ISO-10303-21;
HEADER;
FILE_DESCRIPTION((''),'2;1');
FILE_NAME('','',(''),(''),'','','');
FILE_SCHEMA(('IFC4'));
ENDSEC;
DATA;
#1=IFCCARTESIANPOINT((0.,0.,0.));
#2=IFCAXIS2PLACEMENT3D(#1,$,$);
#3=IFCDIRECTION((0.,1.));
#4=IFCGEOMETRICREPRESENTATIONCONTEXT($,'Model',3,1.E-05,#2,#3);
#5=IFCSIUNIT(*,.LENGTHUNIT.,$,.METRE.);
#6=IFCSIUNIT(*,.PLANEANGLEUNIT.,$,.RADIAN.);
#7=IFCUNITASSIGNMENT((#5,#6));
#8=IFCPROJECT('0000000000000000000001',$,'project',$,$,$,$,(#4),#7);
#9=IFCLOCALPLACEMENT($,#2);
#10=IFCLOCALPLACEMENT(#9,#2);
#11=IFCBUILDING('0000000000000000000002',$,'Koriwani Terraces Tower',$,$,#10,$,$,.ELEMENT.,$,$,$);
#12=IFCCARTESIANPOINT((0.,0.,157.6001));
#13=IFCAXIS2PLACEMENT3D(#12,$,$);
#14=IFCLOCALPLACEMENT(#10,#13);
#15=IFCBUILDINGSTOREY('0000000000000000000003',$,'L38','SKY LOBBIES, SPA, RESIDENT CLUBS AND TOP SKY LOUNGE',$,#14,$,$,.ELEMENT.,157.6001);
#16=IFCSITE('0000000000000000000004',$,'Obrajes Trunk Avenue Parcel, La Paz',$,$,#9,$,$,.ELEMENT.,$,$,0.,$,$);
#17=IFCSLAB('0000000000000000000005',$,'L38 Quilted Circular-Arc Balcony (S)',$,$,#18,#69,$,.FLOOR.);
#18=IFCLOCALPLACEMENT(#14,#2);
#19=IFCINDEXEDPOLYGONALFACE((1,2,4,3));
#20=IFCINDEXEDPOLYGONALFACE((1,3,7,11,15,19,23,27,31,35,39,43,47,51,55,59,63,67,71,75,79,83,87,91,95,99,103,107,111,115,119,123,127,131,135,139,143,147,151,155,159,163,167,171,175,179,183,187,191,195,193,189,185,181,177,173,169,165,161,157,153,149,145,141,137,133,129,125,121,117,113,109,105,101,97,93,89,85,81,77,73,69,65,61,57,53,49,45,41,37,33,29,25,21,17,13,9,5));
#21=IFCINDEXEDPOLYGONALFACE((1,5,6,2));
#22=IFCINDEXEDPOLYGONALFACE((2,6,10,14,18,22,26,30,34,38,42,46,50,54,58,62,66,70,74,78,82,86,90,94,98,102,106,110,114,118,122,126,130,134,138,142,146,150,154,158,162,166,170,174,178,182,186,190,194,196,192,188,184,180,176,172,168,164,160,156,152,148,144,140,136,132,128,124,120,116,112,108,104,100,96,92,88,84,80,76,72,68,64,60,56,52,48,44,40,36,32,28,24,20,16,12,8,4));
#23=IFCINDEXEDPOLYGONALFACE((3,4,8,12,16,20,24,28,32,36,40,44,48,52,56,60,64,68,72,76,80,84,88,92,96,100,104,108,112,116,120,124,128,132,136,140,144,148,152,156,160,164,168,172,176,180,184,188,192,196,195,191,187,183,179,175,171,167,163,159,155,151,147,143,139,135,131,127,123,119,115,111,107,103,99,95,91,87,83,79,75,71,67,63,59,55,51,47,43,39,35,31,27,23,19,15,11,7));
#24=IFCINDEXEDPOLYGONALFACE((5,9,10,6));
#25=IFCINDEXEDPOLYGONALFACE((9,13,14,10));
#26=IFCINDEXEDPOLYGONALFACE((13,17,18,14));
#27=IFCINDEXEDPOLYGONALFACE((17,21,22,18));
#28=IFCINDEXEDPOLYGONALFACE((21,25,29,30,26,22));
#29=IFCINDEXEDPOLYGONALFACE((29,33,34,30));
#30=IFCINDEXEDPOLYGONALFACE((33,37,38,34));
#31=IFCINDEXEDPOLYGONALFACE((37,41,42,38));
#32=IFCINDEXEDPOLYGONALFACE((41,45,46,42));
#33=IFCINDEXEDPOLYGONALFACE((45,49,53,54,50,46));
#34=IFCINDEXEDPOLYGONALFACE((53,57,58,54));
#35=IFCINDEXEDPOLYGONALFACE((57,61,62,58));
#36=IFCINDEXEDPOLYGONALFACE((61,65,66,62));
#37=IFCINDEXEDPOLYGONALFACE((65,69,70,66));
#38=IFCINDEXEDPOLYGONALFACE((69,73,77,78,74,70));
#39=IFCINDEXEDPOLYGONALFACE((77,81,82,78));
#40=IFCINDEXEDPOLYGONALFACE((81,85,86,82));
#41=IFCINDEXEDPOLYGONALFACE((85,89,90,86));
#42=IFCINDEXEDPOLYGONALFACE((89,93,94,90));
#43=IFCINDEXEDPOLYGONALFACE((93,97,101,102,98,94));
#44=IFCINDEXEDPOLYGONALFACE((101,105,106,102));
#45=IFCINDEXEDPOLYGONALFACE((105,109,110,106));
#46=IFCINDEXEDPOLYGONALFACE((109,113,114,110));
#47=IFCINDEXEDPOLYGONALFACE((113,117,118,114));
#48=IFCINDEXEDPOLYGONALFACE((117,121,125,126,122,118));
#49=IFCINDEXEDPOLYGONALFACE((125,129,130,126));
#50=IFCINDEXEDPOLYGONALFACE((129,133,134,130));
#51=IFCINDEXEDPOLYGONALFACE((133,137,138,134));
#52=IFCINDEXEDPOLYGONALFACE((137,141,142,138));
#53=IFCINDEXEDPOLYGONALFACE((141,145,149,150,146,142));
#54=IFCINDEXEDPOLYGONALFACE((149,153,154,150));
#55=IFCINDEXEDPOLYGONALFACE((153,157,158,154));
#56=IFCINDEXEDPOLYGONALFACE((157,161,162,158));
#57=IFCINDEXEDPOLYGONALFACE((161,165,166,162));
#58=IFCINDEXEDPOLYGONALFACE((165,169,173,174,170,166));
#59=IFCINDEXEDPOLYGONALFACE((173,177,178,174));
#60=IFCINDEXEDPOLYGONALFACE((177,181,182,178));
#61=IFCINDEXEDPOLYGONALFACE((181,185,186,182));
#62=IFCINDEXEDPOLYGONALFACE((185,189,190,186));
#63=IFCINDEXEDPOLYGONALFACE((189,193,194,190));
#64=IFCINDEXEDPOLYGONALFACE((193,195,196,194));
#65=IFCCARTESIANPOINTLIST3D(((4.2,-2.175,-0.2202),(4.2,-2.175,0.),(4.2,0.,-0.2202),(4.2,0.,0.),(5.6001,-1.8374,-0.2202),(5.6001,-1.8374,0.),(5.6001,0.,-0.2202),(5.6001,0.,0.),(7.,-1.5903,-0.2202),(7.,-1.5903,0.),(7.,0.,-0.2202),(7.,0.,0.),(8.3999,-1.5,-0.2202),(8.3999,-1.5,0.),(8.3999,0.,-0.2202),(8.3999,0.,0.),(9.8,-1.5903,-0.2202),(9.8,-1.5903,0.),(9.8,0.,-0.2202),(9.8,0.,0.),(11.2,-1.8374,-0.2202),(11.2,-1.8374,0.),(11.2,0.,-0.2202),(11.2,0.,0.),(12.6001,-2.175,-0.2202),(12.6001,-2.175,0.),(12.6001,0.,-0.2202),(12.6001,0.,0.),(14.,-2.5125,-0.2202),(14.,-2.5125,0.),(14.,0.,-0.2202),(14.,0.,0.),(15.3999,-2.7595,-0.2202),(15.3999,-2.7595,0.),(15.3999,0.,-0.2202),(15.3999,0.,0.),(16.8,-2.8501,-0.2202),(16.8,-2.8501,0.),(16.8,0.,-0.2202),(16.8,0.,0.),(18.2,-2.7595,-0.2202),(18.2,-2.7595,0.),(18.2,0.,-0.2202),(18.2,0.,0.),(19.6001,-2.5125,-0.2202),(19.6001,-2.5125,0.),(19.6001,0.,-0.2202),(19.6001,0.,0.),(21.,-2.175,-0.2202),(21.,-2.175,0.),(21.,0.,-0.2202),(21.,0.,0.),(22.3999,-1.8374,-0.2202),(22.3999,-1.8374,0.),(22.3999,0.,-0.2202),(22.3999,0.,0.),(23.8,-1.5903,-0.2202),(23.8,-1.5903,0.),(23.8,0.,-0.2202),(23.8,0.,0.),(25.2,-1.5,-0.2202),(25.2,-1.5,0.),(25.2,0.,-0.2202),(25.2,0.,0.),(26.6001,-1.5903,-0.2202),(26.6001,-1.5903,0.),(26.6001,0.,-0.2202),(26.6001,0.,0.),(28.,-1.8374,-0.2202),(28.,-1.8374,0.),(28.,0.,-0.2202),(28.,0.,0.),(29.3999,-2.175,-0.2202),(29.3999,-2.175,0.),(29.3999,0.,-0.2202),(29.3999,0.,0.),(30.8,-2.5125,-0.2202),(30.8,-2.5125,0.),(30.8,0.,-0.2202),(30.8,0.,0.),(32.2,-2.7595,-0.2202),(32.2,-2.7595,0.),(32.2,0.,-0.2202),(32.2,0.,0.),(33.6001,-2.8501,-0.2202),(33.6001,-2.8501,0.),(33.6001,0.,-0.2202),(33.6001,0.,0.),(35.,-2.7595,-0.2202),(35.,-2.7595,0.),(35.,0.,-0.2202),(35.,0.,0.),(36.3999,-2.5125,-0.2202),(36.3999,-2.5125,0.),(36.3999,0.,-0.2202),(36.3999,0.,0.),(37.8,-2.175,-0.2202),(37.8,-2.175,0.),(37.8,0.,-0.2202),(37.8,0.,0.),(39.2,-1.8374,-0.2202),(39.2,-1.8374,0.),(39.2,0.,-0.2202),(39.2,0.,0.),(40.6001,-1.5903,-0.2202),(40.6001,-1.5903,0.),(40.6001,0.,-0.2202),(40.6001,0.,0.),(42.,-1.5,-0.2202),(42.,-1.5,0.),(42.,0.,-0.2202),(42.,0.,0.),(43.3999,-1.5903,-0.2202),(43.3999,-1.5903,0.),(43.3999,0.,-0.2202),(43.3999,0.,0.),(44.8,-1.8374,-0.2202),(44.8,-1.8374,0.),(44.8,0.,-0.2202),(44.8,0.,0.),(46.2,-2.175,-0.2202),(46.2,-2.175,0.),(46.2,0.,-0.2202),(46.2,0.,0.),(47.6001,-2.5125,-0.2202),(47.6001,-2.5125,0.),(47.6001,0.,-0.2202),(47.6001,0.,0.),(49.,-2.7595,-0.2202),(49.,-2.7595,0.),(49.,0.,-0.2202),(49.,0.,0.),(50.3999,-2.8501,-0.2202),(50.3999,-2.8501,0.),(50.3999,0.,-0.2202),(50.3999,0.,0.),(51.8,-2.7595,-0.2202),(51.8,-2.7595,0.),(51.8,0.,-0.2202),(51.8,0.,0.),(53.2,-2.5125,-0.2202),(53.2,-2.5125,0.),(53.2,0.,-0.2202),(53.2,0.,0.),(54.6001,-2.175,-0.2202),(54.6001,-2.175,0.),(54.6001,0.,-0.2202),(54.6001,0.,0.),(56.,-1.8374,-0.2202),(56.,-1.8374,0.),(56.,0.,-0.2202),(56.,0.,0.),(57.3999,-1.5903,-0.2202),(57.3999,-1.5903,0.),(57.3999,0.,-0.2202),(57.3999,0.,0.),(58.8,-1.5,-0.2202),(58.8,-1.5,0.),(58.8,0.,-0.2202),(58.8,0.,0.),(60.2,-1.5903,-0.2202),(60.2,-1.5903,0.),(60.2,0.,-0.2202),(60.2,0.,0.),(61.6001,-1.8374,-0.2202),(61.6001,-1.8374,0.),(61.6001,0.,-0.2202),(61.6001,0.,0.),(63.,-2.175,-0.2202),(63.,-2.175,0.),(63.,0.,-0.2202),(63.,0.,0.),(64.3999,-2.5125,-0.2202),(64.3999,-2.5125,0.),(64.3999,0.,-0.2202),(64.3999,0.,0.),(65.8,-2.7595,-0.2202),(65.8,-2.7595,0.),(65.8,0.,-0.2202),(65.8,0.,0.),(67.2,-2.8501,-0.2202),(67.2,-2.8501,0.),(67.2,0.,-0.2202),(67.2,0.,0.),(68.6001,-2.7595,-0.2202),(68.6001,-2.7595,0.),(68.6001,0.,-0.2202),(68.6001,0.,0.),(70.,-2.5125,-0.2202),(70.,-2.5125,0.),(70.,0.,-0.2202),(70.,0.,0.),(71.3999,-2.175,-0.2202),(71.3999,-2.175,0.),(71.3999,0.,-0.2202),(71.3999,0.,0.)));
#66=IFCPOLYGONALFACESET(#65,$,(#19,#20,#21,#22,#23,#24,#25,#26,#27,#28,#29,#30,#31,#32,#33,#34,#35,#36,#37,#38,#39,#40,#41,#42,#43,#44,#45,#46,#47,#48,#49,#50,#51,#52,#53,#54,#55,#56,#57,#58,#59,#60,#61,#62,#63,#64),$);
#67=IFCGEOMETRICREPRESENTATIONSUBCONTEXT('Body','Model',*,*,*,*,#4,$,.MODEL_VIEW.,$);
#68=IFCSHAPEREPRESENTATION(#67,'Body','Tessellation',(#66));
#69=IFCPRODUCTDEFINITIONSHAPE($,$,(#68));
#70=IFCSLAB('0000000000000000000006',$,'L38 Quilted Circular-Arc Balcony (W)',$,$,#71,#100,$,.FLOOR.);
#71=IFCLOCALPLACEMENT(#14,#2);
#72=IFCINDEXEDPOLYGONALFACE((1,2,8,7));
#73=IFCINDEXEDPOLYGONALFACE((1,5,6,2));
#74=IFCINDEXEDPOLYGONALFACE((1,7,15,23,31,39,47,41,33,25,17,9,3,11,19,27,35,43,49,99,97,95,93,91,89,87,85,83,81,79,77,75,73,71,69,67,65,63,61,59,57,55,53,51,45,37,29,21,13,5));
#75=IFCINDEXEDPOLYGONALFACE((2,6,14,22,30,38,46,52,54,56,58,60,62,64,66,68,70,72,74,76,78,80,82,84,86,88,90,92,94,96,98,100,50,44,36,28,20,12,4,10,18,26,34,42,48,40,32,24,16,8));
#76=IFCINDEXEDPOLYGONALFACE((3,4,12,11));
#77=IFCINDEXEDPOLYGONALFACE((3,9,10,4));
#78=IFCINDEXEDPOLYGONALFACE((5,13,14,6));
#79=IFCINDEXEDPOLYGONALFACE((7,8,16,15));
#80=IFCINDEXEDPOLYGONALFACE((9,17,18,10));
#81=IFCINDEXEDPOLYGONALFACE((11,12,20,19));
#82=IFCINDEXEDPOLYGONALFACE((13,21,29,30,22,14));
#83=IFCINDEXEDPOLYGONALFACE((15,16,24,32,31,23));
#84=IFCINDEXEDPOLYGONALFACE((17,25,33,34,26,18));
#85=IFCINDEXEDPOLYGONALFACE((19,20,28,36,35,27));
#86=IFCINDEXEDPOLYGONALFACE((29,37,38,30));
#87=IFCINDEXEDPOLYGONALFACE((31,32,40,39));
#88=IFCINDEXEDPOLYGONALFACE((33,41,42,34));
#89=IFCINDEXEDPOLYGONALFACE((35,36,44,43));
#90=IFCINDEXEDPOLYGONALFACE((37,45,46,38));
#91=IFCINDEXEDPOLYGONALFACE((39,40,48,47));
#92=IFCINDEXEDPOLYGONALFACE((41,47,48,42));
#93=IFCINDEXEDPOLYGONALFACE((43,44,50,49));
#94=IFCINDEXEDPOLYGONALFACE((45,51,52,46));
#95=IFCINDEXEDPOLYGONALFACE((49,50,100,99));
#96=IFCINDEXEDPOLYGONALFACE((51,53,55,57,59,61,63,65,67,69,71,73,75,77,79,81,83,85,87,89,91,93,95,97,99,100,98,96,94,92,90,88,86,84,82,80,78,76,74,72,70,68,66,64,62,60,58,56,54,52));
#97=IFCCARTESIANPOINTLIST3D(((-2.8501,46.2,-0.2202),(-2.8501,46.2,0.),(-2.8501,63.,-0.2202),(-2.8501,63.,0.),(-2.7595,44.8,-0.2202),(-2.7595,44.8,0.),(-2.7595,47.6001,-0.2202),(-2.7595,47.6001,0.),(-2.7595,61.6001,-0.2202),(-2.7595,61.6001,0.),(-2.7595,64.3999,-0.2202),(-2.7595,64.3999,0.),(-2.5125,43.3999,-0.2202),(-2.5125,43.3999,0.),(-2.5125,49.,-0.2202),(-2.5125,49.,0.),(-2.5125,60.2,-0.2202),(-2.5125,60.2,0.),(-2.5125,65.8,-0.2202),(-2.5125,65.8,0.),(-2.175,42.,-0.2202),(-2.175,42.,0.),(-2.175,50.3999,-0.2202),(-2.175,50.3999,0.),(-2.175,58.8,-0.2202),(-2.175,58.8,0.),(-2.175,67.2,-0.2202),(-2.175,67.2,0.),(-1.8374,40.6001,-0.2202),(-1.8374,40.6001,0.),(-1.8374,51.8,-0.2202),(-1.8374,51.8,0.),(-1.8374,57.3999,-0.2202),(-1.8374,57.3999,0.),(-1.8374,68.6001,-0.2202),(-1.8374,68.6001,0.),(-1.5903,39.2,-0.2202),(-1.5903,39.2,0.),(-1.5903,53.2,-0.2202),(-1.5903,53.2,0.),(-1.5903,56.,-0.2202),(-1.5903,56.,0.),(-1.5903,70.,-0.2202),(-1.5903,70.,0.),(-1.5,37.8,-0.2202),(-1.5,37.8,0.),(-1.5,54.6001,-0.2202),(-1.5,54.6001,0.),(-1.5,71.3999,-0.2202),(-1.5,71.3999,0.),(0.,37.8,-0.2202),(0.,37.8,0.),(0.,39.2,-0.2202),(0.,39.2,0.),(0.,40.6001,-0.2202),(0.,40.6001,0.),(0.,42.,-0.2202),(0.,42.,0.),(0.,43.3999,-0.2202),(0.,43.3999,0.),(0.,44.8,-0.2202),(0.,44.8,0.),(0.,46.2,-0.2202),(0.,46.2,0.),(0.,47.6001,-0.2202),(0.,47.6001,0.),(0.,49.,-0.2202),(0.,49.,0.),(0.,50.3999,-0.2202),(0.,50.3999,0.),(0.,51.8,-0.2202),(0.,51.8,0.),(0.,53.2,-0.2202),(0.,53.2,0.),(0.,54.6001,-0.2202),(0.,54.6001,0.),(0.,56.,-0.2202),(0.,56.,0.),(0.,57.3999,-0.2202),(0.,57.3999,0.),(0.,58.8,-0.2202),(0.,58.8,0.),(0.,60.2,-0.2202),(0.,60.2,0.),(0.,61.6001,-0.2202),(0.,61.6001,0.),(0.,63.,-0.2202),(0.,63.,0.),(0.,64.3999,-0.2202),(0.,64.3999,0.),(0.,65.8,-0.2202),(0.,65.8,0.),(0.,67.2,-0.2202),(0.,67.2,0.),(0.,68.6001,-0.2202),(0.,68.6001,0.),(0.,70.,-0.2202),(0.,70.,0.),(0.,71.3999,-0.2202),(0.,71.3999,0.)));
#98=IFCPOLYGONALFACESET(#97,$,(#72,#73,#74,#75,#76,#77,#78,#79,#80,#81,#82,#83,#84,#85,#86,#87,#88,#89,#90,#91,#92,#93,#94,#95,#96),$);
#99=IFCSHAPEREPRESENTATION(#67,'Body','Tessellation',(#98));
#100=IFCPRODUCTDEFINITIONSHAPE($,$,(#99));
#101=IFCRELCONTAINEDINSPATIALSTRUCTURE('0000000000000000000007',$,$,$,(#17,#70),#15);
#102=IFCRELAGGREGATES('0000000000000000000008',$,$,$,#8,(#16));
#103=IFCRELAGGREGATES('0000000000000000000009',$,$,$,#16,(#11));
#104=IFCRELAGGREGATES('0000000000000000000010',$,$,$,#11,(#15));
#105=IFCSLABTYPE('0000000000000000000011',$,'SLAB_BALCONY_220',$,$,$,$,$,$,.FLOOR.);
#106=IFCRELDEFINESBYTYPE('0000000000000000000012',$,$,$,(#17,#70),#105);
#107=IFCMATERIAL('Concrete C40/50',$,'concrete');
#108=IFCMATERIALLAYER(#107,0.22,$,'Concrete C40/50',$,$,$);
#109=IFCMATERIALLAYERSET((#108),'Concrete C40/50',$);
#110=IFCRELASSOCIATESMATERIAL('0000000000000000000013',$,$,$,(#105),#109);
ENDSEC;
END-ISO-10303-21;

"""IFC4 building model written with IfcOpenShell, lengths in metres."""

from ifc_helpers import new_model, si_unit, direction, frame, origin, place, context, subcontext, project, spatial, polyline, outline, extrude, material, layer, layer_set, type_object, element, save


model = new_model("IFC4")

# Units and contexts
model_context = context("Model", 3, precision=1e-05, world=origin(), true_north=direction((0.0, 1.0)))
body_context = subcontext(model_context, "Body", "Model", "MODEL_VIEW")
ifc_project = project(units=[si_unit("LENGTHUNIT", "METRE"), si_unit("PLANEANGLEUNIT", "RADIAN")], contexts=[model_context])

# Site, building, storey
site_placement = place(None, origin())
site = spatial("IfcSite", under=ifc_project, at=site_placement, Name="Obrajes Trunk Avenue Parcel, La Paz", CompositionType="ELEMENT", RefElevation=0.0)
building_placement = place(site_placement, origin())
building = spatial("IfcBuilding", under=site, at=building_placement, Name="Koriwani Terraces Tower", CompositionType="ELEMENT")
storey_placement = place(building_placement, frame((0.0, 0.0, 157.6001)))
storey = spatial("IfcBuildingStorey", under=building, at=storey_placement, Name="L38", Description="SKY LOBBIES, SPA, RESIDENT CLUBS AND TOP SKY LOUNGE", CompositionType="ELEMENT", Elevation=157.6001)

# Shared definitions
ifc_material_1 = material(Name="Concrete C40/50", Category="concrete")

# Slabs
ifc_layer_1 = layer(ifc_material_1, 0.22, Name="Concrete C40/50")
ifc_layer_set_1 = layer_set([ifc_layer_1], Name="Concrete C40/50")
slab_type_1 = type_object("IfcSlabType", Name="SLAB_BALCONY_220", PredefinedType="FLOOR", material=ifc_layer_set_1)
slab_1_placement = place(storey_placement, frame((0.0, 0.0, -0.2202)))
element("IfcSlab", 1, at=slab_1_placement, inside=storey, type_object=slab_type_1, Name="L38 Quilted Circular-Arc Balcony (S)", PredefinedType="FLOOR", context=body_context, shape_type="SweptSolid", body=[
    extrude(outline(polyline([(4.2, 0.0), (5.6001, 0.0), (7.0, 0.0), (8.3999, 0.0), (9.8, 0.0), (11.2, 0.0), (12.6001, 0.0), (14.0, 0.0), (15.3999, 0.0), (16.8, 0.0), (18.2, 0.0), (19.6001, 0.0), (21.0, 0.0), (22.3999, 0.0), (23.8, 0.0), (25.2, 0.0), (26.6001, 0.0), (28.0, 0.0), (29.3999, 0.0), (30.8, 0.0), (32.2, 0.0), (33.6001, 0.0), (35.0, 0.0), (36.3999, 0.0), (37.8, 0.0), (39.2, 0.0), (40.6001, 0.0), (42.0, 0.0), (43.3999, 0.0), (44.8, 0.0), (46.2, 0.0), (47.6001, 0.0), (49.0, 0.0), (50.3999, 0.0), (51.8, 0.0), (53.2, 0.0), (54.6001, 0.0), (56.0, 0.0), (57.3999, 0.0), (58.8, 0.0), (60.2, 0.0), (61.6001, 0.0), (63.0, 0.0), (64.3999, 0.0), (65.8, 0.0), (67.2, 0.0), (68.6001, 0.0), (70.0, 0.0), (71.3999, 0.0), (71.3999, -2.175), (70.0, -2.5125), (68.6001, -2.7595), (67.2, -2.8501), (65.8, -2.7595), (64.3999, -2.5125), (63.0, -2.175), (61.6001, -1.8374), (60.2, -1.5903), (58.8, -1.5), (57.3999, -1.5903), (56.0, -1.8374), (54.6001, -2.175), (53.2, -2.5125), (51.8, -2.7595), (50.3999, -2.8501), (49.0, -2.7595), (47.6001, -2.5125), (46.2, -2.175), (44.8, -1.8374), (43.3999, -1.5903), (42.0, -1.5), (40.6001, -1.5903), (39.2, -1.8374), (37.8, -2.175), (36.3999, -2.5125), (35.0, -2.7595), (33.6001, -2.8501), (32.2, -2.7595), (30.8, -2.5125), (29.3999, -2.175), (28.0, -1.8374), (26.6001, -1.5903), (25.2, -1.5), (23.8, -1.5903), (22.3999, -1.8374), (21.0, -2.175), (19.6001, -2.5125), (18.2, -2.7595), (16.8, -2.8501), (15.3999, -2.7595), (14.0, -2.5125), (12.6001, -2.175), (11.2, -1.8374), (9.8, -1.5903), (8.3999, -1.5), (7.0, -1.5903), (5.6001, -1.8374), (4.2, -2.175), (4.2, 0.0)])), origin(), (0.0, 0.0, 1.0), 0.2202),
])
slab_2_placement = place(storey_placement, frame((0.0, 0.0, -0.2202)))
element("IfcSlab", 2, at=slab_2_placement, inside=storey, type_object=slab_type_1, Name="L38 Quilted Circular-Arc Balcony (W)", PredefinedType="FLOOR", context=body_context, shape_type="SweptSolid", body=[
    extrude(outline(polyline([(0.0, 37.8), (0.0, 39.2), (0.0, 40.6001), (0.0, 42.0), (0.0, 43.3999), (0.0, 44.8), (0.0, 46.2), (0.0, 47.6001), (0.0, 49.0), (0.0, 50.3999), (0.0, 51.8), (0.0, 53.2), (0.0, 54.6001), (0.0, 56.0), (0.0, 57.3999), (0.0, 58.8), (0.0, 60.2), (0.0, 61.6001), (0.0, 63.0), (0.0, 64.3999), (0.0, 65.8), (0.0, 67.2), (0.0, 68.6001), (0.0, 70.0), (0.0, 71.3999), (-1.5, 71.3999), (-1.5903, 70.0), (-1.8374, 68.6001), (-2.175, 67.2), (-2.5125, 65.8), (-2.7595, 64.3999), (-2.8501, 63.0), (-2.7595, 61.6001), (-2.5125, 60.2), (-2.175, 58.8), (-1.8374, 57.3999), (-1.5903, 56.0), (-1.5, 54.6001), (-1.5903, 53.2), (-1.8374, 51.8), (-2.175, 50.3999), (-2.5125, 49.0), (-2.7595, 47.6001), (-2.8501, 46.2), (-2.7595, 44.8), (-2.5125, 43.3999), (-2.175, 42.0), (-1.8374, 40.6001), (-1.5903, 39.2), (-1.5, 37.8), (0.0, 37.8)])), origin(), (0.0, 0.0, 1.0), 0.2202),
])

save(model, "model.ifc")
